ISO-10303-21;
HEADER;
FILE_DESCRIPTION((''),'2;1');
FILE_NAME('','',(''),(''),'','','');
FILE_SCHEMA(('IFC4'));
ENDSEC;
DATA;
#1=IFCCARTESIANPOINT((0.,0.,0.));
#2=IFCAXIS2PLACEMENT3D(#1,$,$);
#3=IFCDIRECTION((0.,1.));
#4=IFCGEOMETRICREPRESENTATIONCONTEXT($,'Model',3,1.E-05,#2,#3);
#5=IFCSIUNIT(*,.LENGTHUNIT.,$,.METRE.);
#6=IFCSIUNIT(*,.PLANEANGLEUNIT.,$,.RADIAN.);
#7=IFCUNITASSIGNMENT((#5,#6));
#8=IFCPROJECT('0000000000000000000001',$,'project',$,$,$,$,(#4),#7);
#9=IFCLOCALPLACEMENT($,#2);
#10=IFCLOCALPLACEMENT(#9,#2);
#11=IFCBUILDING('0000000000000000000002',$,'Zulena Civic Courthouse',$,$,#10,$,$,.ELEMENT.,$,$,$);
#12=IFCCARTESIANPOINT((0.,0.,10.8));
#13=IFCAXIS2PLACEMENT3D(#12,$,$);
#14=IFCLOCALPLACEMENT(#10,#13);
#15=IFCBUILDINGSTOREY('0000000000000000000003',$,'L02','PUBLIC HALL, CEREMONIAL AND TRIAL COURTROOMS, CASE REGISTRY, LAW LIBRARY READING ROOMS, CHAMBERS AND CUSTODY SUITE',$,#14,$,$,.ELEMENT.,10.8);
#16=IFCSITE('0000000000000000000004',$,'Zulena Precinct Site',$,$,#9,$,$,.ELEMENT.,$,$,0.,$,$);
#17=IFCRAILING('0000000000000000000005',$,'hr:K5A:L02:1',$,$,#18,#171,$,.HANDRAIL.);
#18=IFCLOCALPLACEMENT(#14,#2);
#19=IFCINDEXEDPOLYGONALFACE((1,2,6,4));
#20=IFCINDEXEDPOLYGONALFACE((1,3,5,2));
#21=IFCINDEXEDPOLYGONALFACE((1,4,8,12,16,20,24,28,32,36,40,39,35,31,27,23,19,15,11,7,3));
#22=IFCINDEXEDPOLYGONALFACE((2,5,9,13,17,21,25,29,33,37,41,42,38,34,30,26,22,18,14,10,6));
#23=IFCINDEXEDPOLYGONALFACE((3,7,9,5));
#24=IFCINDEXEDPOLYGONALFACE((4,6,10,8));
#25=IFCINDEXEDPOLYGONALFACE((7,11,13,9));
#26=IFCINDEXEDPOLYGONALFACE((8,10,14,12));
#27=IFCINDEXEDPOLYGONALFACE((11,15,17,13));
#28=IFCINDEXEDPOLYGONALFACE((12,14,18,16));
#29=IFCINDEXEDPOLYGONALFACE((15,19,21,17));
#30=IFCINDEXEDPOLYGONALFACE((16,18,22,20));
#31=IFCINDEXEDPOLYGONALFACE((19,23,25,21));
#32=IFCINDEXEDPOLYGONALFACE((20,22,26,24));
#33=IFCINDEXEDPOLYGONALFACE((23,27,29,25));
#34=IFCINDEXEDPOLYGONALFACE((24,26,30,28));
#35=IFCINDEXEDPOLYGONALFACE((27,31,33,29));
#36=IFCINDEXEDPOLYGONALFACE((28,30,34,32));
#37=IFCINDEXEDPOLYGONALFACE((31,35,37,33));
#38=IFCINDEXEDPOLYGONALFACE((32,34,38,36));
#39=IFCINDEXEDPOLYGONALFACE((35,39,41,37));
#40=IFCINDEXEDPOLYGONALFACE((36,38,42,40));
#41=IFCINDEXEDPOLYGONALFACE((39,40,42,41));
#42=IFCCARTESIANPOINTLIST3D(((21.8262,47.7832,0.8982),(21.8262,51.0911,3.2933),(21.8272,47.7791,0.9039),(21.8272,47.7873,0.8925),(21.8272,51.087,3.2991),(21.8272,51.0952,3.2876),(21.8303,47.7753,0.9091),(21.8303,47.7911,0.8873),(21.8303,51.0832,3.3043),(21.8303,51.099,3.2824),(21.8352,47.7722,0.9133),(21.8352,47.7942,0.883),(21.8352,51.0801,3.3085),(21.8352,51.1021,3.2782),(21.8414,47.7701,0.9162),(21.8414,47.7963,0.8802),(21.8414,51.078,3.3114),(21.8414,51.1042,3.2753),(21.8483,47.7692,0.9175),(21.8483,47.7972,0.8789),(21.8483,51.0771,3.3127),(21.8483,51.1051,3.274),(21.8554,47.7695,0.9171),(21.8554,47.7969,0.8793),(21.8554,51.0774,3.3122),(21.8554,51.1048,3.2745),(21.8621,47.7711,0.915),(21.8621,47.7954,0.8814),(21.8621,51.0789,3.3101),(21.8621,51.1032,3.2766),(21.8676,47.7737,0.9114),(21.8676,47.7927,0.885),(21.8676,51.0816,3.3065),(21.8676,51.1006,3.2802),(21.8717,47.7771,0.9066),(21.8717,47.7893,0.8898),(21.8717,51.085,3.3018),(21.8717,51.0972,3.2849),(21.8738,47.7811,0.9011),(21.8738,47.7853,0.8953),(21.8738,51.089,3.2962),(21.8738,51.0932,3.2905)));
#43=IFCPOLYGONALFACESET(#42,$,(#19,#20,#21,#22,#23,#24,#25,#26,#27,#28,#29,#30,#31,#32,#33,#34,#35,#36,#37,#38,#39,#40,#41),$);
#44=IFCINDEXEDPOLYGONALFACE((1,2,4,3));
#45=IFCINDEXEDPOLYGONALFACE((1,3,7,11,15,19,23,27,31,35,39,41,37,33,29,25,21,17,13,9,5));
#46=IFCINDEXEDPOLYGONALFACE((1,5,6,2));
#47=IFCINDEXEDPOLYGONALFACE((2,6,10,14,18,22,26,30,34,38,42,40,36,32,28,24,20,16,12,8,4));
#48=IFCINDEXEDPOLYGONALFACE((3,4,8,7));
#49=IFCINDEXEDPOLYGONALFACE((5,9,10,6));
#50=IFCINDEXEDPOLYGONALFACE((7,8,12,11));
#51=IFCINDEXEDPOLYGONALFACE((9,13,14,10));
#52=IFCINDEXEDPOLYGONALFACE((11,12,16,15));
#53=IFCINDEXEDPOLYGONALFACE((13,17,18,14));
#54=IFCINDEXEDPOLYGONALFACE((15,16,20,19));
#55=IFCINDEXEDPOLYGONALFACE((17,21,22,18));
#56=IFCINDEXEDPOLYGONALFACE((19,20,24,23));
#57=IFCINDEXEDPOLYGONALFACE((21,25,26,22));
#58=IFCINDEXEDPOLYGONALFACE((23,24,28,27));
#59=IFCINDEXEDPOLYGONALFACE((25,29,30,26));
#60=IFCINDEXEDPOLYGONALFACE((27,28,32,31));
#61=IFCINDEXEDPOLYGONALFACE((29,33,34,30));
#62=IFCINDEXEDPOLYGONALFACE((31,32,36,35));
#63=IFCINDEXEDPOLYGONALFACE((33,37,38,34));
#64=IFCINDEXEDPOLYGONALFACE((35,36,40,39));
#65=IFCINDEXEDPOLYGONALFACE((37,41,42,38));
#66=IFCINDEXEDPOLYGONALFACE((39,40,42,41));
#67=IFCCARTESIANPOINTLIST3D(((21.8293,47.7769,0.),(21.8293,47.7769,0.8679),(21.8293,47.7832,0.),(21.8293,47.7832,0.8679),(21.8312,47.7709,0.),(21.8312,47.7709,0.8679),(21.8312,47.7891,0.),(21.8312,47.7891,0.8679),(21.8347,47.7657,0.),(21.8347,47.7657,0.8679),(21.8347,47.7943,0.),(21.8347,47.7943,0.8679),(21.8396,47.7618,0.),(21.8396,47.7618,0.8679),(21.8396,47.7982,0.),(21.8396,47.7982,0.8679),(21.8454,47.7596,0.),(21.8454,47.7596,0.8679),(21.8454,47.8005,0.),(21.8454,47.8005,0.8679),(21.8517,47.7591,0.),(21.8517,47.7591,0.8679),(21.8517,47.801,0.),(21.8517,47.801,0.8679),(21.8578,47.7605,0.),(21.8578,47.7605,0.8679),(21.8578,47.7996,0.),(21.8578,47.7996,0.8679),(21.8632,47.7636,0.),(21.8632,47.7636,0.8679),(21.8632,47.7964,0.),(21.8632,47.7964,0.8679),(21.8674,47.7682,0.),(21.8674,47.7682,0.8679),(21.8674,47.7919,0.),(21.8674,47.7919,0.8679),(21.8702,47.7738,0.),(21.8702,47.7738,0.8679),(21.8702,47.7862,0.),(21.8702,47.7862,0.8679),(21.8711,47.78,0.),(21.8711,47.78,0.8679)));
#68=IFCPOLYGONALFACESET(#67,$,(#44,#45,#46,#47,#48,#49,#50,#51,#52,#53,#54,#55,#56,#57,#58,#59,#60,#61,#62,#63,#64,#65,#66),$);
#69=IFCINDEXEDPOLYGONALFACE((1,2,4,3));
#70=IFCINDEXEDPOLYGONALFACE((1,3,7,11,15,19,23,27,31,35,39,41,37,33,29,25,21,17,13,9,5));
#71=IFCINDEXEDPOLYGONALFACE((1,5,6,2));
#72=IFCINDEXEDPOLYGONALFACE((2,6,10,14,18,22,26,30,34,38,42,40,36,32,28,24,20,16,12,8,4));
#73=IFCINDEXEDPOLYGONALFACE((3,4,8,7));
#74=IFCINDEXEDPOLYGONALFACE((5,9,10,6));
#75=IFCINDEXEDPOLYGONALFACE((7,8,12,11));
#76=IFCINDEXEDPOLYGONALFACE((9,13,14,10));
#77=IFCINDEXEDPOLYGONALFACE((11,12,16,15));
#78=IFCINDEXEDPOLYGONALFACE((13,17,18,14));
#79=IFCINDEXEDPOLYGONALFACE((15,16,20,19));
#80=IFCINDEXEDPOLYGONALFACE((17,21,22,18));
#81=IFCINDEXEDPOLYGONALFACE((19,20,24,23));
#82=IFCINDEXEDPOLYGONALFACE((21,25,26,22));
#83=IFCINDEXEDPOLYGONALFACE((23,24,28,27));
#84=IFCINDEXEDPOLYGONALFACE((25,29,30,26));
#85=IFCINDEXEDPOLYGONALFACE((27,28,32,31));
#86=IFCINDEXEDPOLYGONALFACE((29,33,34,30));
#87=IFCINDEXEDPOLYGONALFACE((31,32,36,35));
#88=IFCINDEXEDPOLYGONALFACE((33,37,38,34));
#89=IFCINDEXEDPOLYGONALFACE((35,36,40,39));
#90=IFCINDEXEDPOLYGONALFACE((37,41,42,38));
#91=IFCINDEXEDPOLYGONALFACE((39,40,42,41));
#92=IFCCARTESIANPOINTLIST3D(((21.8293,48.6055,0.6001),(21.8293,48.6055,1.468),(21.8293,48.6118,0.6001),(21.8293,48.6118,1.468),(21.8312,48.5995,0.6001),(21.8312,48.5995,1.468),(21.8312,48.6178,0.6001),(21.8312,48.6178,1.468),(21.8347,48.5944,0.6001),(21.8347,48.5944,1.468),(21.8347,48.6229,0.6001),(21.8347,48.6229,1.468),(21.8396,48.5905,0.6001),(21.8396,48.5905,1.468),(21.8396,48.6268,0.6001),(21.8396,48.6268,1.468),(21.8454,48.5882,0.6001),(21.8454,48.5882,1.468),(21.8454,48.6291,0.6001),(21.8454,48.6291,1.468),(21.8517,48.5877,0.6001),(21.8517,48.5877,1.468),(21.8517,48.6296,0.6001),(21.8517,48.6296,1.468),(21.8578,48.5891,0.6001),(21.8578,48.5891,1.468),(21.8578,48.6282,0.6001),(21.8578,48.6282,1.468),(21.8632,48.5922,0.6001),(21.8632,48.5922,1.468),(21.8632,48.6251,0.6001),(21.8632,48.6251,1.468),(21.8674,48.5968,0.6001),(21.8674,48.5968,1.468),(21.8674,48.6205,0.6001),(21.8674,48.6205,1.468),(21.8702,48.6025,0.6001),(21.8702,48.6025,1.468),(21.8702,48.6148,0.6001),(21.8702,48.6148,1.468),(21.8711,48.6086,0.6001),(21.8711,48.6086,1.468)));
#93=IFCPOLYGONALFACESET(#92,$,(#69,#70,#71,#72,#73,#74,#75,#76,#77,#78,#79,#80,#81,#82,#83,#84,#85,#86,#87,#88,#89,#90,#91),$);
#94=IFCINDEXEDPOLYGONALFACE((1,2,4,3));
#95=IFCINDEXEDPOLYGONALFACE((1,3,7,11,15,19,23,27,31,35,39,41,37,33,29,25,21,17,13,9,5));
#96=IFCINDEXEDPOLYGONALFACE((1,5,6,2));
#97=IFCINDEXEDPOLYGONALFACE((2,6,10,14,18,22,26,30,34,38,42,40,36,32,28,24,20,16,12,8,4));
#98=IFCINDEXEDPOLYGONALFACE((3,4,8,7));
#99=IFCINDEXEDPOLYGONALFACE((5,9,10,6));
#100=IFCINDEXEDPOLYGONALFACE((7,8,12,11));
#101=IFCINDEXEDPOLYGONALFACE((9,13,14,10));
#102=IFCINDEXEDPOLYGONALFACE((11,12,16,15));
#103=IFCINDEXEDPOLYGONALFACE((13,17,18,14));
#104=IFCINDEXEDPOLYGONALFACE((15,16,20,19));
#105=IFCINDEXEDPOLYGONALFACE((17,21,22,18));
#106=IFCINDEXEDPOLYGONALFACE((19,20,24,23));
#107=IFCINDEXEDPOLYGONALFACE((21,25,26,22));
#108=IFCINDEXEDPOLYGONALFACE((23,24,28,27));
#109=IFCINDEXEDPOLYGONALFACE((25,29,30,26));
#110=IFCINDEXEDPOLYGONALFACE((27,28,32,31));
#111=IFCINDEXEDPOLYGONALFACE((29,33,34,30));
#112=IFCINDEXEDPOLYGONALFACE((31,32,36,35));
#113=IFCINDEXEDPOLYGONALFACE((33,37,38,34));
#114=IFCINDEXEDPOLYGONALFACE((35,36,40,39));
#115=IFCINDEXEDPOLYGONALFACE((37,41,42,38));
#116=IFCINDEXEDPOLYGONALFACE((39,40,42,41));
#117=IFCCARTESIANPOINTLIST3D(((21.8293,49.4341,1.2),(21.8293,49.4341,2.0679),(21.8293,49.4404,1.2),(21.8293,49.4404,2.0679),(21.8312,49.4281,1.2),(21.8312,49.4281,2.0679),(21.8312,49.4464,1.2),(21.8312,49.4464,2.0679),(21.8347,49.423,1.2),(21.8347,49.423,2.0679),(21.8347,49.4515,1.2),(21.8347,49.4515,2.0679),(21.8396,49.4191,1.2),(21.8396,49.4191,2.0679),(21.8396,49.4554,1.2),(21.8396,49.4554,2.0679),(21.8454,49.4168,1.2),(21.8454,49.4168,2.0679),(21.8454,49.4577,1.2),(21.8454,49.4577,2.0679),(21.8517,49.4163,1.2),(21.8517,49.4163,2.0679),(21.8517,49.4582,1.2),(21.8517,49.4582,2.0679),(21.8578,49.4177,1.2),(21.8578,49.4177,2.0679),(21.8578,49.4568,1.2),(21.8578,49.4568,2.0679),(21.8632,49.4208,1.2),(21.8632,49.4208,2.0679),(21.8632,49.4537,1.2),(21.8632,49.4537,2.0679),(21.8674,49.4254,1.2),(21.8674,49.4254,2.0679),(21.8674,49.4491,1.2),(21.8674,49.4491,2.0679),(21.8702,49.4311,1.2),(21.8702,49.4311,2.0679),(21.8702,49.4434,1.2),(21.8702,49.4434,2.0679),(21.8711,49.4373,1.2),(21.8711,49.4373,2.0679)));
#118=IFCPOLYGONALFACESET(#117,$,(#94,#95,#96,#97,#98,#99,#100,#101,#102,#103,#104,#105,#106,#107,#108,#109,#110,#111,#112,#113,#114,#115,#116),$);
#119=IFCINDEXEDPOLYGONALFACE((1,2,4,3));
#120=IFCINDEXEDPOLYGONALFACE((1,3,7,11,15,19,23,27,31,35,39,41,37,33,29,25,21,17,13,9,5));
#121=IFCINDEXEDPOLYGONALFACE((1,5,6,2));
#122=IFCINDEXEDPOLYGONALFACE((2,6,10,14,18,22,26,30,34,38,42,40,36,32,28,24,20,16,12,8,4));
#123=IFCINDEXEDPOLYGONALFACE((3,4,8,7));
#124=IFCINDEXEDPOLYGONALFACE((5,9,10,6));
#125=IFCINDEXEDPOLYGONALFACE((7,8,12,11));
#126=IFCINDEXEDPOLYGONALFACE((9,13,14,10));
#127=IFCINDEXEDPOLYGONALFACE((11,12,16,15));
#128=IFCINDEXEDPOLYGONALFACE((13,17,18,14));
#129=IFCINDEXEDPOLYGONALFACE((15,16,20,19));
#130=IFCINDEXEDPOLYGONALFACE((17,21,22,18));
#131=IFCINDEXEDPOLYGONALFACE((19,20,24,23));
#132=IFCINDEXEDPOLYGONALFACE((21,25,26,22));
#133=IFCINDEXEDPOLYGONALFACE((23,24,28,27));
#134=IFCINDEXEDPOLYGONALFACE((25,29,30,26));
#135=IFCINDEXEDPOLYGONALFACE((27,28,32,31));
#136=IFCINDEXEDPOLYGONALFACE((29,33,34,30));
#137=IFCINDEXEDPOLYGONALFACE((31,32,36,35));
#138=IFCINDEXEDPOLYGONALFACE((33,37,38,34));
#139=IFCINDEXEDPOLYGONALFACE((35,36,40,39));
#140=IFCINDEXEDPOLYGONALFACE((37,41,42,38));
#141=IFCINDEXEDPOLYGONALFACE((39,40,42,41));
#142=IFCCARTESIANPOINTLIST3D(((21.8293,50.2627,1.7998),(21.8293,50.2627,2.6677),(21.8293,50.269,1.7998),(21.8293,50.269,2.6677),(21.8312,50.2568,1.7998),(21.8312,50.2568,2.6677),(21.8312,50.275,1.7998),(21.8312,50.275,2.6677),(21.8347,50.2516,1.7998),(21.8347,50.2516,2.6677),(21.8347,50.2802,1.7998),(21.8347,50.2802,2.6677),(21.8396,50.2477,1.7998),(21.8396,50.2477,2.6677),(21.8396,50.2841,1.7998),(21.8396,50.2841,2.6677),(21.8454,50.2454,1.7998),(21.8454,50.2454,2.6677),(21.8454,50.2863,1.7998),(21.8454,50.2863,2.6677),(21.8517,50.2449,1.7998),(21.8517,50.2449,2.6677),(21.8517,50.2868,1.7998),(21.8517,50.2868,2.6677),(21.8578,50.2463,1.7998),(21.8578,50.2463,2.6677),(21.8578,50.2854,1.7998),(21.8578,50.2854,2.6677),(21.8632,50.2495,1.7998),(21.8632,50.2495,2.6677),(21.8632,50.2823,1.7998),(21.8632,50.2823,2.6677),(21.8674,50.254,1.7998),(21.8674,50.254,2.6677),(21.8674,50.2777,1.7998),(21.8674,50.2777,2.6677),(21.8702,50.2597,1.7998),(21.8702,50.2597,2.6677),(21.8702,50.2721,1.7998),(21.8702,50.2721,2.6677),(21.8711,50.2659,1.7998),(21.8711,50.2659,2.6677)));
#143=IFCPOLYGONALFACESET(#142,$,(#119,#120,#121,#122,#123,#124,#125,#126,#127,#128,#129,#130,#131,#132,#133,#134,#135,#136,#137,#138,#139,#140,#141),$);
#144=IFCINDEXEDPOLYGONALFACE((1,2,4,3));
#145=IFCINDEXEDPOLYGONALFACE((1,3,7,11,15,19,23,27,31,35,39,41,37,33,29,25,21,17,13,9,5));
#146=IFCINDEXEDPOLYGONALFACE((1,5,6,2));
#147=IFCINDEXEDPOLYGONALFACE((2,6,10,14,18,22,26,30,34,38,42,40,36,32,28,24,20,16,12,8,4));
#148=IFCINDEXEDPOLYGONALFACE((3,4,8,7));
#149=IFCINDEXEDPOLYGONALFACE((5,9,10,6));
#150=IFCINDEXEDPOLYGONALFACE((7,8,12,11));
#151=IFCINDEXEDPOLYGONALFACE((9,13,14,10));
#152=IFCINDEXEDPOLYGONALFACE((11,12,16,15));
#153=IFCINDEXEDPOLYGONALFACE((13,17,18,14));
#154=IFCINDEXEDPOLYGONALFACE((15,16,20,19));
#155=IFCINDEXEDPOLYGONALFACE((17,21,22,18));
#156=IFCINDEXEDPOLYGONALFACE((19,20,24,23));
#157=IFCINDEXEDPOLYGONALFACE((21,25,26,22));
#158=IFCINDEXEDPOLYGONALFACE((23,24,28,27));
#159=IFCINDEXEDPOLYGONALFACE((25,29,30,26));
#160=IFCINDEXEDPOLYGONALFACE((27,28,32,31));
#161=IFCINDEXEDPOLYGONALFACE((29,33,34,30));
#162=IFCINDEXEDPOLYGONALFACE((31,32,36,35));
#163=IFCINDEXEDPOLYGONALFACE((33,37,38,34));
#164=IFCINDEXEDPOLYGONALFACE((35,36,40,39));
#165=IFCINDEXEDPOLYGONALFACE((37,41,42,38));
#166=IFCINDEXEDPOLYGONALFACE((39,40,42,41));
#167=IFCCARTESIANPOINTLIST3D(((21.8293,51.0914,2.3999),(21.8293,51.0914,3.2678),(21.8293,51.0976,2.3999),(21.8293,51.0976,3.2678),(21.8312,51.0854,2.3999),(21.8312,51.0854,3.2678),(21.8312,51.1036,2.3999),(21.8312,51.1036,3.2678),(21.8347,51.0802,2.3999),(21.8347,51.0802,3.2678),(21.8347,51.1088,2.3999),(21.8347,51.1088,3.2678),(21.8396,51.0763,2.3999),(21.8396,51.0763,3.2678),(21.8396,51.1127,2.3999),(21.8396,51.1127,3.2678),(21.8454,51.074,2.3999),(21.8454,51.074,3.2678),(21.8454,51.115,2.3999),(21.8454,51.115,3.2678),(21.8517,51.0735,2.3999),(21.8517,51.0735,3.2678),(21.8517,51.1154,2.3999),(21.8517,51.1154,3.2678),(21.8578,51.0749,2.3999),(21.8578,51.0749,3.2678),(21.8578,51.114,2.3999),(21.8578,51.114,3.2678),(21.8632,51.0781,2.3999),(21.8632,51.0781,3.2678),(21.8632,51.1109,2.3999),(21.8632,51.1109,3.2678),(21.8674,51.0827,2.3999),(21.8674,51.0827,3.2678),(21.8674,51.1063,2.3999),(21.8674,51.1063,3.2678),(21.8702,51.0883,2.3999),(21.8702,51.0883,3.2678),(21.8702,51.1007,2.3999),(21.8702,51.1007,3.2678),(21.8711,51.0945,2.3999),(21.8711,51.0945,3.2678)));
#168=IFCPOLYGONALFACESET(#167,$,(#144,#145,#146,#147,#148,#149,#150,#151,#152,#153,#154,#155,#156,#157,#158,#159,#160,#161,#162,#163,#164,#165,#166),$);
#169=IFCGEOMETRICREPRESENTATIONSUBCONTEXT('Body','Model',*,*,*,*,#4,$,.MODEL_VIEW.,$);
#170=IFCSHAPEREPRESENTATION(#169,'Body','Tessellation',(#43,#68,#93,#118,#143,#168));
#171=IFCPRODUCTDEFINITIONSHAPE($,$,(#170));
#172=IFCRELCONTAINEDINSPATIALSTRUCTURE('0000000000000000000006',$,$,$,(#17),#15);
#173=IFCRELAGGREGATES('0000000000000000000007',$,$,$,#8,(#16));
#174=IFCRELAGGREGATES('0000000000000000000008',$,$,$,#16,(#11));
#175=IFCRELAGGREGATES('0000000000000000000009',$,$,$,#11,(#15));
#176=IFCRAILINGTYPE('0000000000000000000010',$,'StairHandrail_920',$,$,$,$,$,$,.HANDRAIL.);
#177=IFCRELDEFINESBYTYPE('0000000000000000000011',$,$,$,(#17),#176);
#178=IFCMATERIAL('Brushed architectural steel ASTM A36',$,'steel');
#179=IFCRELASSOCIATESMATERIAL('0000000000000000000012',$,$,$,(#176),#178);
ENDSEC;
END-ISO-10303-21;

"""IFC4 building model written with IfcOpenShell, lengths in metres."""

from ifc_helpers import new_model, si_unit, direction, frame, origin, origin_2d, place, context, subcontext, project, spatial, circle, extrude, material, type_object, element, save


model = new_model("IFC4")

# Units and contexts
model_context = context("Model", 3, precision=1e-05, world=origin(), true_north=direction((0.0, 1.0)))
body_context = subcontext(model_context, "Body", "Model", "MODEL_VIEW")
ifc_project = project(units=[si_unit("LENGTHUNIT", "METRE"), si_unit("PLANEANGLEUNIT", "RADIAN")], contexts=[model_context])

# Site, building, storey
site_placement = place(None, origin())
site = spatial("IfcSite", under=ifc_project, at=site_placement, Name="Zulena Precinct Site", CompositionType="ELEMENT", RefElevation=0.0)
building_placement = place(site_placement, origin())
building = spatial("IfcBuilding", under=site, at=building_placement, Name="Zulena Civic Courthouse", CompositionType="ELEMENT")
storey_placement = place(building_placement, frame((0.0, 0.0, 10.8)))
storey = spatial("IfcBuildingStorey", under=building, at=storey_placement, Name="L02", Description="PUBLIC HALL, CEREMONIAL AND TRIAL COURTROOMS, CASE REGISTRY, LAW LIBRARY READING ROOMS, CHAMBERS AND CUSTODY SUITE", CompositionType="ELEMENT", Elevation=10.8)

# Railing
ifc_material_1 = material(Name="Brushed architectural steel ASTM A36", Category="steel")
railing_type_1 = type_object("IfcRailingType", Name="StairHandrail_920", PredefinedType="HANDRAIL", material=ifc_material_1)
railing_1_placement = place(storey_placement, frame((21.8501, 47.78, 0.0)))
element("IfcRailing", 1, at=railing_1_placement, inside=storey, type_object=railing_type_1, Name="hr:K5A:L02:1", PredefinedType="HANDRAIL", context=body_context, shape_type="SweptSolid", body=[
    extrude(circle(Radius=0.0239, at=origin_2d()), frame((0.0, 0.0032, 0.8982), z_axis=(0.0, 0.809968, 0.586475), x_axis=(-1.0, 0.0, 0.0)), (0.0, 0.0, 1.0), 4.084),
    extrude(circle(Radius=0.021, at=origin_2d()), origin(), (0.0, 0.0, 1.0), 0.8679),
    extrude(circle(Radius=0.021, at=origin_2d()), frame((0.0, 0.8286, 0.6001)), (0.0, 0.0, 1.0), 0.8679),
    extrude(circle(Radius=0.021, at=origin_2d()), frame((0.0, 1.6572, 1.2)), (0.0, 0.0, 1.0), 0.8679),
    extrude(circle(Radius=0.021, at=origin_2d()), frame((0.0, 2.4858, 1.7998)), (0.0, 0.0, 1.0), 0.8679),
    extrude(circle(Radius=0.021, at=origin_2d()), frame((0.0, 3.3145, 2.3999)), (0.0, 0.0, 1.0), 0.8679),
])

save(model, "model.ifc")
